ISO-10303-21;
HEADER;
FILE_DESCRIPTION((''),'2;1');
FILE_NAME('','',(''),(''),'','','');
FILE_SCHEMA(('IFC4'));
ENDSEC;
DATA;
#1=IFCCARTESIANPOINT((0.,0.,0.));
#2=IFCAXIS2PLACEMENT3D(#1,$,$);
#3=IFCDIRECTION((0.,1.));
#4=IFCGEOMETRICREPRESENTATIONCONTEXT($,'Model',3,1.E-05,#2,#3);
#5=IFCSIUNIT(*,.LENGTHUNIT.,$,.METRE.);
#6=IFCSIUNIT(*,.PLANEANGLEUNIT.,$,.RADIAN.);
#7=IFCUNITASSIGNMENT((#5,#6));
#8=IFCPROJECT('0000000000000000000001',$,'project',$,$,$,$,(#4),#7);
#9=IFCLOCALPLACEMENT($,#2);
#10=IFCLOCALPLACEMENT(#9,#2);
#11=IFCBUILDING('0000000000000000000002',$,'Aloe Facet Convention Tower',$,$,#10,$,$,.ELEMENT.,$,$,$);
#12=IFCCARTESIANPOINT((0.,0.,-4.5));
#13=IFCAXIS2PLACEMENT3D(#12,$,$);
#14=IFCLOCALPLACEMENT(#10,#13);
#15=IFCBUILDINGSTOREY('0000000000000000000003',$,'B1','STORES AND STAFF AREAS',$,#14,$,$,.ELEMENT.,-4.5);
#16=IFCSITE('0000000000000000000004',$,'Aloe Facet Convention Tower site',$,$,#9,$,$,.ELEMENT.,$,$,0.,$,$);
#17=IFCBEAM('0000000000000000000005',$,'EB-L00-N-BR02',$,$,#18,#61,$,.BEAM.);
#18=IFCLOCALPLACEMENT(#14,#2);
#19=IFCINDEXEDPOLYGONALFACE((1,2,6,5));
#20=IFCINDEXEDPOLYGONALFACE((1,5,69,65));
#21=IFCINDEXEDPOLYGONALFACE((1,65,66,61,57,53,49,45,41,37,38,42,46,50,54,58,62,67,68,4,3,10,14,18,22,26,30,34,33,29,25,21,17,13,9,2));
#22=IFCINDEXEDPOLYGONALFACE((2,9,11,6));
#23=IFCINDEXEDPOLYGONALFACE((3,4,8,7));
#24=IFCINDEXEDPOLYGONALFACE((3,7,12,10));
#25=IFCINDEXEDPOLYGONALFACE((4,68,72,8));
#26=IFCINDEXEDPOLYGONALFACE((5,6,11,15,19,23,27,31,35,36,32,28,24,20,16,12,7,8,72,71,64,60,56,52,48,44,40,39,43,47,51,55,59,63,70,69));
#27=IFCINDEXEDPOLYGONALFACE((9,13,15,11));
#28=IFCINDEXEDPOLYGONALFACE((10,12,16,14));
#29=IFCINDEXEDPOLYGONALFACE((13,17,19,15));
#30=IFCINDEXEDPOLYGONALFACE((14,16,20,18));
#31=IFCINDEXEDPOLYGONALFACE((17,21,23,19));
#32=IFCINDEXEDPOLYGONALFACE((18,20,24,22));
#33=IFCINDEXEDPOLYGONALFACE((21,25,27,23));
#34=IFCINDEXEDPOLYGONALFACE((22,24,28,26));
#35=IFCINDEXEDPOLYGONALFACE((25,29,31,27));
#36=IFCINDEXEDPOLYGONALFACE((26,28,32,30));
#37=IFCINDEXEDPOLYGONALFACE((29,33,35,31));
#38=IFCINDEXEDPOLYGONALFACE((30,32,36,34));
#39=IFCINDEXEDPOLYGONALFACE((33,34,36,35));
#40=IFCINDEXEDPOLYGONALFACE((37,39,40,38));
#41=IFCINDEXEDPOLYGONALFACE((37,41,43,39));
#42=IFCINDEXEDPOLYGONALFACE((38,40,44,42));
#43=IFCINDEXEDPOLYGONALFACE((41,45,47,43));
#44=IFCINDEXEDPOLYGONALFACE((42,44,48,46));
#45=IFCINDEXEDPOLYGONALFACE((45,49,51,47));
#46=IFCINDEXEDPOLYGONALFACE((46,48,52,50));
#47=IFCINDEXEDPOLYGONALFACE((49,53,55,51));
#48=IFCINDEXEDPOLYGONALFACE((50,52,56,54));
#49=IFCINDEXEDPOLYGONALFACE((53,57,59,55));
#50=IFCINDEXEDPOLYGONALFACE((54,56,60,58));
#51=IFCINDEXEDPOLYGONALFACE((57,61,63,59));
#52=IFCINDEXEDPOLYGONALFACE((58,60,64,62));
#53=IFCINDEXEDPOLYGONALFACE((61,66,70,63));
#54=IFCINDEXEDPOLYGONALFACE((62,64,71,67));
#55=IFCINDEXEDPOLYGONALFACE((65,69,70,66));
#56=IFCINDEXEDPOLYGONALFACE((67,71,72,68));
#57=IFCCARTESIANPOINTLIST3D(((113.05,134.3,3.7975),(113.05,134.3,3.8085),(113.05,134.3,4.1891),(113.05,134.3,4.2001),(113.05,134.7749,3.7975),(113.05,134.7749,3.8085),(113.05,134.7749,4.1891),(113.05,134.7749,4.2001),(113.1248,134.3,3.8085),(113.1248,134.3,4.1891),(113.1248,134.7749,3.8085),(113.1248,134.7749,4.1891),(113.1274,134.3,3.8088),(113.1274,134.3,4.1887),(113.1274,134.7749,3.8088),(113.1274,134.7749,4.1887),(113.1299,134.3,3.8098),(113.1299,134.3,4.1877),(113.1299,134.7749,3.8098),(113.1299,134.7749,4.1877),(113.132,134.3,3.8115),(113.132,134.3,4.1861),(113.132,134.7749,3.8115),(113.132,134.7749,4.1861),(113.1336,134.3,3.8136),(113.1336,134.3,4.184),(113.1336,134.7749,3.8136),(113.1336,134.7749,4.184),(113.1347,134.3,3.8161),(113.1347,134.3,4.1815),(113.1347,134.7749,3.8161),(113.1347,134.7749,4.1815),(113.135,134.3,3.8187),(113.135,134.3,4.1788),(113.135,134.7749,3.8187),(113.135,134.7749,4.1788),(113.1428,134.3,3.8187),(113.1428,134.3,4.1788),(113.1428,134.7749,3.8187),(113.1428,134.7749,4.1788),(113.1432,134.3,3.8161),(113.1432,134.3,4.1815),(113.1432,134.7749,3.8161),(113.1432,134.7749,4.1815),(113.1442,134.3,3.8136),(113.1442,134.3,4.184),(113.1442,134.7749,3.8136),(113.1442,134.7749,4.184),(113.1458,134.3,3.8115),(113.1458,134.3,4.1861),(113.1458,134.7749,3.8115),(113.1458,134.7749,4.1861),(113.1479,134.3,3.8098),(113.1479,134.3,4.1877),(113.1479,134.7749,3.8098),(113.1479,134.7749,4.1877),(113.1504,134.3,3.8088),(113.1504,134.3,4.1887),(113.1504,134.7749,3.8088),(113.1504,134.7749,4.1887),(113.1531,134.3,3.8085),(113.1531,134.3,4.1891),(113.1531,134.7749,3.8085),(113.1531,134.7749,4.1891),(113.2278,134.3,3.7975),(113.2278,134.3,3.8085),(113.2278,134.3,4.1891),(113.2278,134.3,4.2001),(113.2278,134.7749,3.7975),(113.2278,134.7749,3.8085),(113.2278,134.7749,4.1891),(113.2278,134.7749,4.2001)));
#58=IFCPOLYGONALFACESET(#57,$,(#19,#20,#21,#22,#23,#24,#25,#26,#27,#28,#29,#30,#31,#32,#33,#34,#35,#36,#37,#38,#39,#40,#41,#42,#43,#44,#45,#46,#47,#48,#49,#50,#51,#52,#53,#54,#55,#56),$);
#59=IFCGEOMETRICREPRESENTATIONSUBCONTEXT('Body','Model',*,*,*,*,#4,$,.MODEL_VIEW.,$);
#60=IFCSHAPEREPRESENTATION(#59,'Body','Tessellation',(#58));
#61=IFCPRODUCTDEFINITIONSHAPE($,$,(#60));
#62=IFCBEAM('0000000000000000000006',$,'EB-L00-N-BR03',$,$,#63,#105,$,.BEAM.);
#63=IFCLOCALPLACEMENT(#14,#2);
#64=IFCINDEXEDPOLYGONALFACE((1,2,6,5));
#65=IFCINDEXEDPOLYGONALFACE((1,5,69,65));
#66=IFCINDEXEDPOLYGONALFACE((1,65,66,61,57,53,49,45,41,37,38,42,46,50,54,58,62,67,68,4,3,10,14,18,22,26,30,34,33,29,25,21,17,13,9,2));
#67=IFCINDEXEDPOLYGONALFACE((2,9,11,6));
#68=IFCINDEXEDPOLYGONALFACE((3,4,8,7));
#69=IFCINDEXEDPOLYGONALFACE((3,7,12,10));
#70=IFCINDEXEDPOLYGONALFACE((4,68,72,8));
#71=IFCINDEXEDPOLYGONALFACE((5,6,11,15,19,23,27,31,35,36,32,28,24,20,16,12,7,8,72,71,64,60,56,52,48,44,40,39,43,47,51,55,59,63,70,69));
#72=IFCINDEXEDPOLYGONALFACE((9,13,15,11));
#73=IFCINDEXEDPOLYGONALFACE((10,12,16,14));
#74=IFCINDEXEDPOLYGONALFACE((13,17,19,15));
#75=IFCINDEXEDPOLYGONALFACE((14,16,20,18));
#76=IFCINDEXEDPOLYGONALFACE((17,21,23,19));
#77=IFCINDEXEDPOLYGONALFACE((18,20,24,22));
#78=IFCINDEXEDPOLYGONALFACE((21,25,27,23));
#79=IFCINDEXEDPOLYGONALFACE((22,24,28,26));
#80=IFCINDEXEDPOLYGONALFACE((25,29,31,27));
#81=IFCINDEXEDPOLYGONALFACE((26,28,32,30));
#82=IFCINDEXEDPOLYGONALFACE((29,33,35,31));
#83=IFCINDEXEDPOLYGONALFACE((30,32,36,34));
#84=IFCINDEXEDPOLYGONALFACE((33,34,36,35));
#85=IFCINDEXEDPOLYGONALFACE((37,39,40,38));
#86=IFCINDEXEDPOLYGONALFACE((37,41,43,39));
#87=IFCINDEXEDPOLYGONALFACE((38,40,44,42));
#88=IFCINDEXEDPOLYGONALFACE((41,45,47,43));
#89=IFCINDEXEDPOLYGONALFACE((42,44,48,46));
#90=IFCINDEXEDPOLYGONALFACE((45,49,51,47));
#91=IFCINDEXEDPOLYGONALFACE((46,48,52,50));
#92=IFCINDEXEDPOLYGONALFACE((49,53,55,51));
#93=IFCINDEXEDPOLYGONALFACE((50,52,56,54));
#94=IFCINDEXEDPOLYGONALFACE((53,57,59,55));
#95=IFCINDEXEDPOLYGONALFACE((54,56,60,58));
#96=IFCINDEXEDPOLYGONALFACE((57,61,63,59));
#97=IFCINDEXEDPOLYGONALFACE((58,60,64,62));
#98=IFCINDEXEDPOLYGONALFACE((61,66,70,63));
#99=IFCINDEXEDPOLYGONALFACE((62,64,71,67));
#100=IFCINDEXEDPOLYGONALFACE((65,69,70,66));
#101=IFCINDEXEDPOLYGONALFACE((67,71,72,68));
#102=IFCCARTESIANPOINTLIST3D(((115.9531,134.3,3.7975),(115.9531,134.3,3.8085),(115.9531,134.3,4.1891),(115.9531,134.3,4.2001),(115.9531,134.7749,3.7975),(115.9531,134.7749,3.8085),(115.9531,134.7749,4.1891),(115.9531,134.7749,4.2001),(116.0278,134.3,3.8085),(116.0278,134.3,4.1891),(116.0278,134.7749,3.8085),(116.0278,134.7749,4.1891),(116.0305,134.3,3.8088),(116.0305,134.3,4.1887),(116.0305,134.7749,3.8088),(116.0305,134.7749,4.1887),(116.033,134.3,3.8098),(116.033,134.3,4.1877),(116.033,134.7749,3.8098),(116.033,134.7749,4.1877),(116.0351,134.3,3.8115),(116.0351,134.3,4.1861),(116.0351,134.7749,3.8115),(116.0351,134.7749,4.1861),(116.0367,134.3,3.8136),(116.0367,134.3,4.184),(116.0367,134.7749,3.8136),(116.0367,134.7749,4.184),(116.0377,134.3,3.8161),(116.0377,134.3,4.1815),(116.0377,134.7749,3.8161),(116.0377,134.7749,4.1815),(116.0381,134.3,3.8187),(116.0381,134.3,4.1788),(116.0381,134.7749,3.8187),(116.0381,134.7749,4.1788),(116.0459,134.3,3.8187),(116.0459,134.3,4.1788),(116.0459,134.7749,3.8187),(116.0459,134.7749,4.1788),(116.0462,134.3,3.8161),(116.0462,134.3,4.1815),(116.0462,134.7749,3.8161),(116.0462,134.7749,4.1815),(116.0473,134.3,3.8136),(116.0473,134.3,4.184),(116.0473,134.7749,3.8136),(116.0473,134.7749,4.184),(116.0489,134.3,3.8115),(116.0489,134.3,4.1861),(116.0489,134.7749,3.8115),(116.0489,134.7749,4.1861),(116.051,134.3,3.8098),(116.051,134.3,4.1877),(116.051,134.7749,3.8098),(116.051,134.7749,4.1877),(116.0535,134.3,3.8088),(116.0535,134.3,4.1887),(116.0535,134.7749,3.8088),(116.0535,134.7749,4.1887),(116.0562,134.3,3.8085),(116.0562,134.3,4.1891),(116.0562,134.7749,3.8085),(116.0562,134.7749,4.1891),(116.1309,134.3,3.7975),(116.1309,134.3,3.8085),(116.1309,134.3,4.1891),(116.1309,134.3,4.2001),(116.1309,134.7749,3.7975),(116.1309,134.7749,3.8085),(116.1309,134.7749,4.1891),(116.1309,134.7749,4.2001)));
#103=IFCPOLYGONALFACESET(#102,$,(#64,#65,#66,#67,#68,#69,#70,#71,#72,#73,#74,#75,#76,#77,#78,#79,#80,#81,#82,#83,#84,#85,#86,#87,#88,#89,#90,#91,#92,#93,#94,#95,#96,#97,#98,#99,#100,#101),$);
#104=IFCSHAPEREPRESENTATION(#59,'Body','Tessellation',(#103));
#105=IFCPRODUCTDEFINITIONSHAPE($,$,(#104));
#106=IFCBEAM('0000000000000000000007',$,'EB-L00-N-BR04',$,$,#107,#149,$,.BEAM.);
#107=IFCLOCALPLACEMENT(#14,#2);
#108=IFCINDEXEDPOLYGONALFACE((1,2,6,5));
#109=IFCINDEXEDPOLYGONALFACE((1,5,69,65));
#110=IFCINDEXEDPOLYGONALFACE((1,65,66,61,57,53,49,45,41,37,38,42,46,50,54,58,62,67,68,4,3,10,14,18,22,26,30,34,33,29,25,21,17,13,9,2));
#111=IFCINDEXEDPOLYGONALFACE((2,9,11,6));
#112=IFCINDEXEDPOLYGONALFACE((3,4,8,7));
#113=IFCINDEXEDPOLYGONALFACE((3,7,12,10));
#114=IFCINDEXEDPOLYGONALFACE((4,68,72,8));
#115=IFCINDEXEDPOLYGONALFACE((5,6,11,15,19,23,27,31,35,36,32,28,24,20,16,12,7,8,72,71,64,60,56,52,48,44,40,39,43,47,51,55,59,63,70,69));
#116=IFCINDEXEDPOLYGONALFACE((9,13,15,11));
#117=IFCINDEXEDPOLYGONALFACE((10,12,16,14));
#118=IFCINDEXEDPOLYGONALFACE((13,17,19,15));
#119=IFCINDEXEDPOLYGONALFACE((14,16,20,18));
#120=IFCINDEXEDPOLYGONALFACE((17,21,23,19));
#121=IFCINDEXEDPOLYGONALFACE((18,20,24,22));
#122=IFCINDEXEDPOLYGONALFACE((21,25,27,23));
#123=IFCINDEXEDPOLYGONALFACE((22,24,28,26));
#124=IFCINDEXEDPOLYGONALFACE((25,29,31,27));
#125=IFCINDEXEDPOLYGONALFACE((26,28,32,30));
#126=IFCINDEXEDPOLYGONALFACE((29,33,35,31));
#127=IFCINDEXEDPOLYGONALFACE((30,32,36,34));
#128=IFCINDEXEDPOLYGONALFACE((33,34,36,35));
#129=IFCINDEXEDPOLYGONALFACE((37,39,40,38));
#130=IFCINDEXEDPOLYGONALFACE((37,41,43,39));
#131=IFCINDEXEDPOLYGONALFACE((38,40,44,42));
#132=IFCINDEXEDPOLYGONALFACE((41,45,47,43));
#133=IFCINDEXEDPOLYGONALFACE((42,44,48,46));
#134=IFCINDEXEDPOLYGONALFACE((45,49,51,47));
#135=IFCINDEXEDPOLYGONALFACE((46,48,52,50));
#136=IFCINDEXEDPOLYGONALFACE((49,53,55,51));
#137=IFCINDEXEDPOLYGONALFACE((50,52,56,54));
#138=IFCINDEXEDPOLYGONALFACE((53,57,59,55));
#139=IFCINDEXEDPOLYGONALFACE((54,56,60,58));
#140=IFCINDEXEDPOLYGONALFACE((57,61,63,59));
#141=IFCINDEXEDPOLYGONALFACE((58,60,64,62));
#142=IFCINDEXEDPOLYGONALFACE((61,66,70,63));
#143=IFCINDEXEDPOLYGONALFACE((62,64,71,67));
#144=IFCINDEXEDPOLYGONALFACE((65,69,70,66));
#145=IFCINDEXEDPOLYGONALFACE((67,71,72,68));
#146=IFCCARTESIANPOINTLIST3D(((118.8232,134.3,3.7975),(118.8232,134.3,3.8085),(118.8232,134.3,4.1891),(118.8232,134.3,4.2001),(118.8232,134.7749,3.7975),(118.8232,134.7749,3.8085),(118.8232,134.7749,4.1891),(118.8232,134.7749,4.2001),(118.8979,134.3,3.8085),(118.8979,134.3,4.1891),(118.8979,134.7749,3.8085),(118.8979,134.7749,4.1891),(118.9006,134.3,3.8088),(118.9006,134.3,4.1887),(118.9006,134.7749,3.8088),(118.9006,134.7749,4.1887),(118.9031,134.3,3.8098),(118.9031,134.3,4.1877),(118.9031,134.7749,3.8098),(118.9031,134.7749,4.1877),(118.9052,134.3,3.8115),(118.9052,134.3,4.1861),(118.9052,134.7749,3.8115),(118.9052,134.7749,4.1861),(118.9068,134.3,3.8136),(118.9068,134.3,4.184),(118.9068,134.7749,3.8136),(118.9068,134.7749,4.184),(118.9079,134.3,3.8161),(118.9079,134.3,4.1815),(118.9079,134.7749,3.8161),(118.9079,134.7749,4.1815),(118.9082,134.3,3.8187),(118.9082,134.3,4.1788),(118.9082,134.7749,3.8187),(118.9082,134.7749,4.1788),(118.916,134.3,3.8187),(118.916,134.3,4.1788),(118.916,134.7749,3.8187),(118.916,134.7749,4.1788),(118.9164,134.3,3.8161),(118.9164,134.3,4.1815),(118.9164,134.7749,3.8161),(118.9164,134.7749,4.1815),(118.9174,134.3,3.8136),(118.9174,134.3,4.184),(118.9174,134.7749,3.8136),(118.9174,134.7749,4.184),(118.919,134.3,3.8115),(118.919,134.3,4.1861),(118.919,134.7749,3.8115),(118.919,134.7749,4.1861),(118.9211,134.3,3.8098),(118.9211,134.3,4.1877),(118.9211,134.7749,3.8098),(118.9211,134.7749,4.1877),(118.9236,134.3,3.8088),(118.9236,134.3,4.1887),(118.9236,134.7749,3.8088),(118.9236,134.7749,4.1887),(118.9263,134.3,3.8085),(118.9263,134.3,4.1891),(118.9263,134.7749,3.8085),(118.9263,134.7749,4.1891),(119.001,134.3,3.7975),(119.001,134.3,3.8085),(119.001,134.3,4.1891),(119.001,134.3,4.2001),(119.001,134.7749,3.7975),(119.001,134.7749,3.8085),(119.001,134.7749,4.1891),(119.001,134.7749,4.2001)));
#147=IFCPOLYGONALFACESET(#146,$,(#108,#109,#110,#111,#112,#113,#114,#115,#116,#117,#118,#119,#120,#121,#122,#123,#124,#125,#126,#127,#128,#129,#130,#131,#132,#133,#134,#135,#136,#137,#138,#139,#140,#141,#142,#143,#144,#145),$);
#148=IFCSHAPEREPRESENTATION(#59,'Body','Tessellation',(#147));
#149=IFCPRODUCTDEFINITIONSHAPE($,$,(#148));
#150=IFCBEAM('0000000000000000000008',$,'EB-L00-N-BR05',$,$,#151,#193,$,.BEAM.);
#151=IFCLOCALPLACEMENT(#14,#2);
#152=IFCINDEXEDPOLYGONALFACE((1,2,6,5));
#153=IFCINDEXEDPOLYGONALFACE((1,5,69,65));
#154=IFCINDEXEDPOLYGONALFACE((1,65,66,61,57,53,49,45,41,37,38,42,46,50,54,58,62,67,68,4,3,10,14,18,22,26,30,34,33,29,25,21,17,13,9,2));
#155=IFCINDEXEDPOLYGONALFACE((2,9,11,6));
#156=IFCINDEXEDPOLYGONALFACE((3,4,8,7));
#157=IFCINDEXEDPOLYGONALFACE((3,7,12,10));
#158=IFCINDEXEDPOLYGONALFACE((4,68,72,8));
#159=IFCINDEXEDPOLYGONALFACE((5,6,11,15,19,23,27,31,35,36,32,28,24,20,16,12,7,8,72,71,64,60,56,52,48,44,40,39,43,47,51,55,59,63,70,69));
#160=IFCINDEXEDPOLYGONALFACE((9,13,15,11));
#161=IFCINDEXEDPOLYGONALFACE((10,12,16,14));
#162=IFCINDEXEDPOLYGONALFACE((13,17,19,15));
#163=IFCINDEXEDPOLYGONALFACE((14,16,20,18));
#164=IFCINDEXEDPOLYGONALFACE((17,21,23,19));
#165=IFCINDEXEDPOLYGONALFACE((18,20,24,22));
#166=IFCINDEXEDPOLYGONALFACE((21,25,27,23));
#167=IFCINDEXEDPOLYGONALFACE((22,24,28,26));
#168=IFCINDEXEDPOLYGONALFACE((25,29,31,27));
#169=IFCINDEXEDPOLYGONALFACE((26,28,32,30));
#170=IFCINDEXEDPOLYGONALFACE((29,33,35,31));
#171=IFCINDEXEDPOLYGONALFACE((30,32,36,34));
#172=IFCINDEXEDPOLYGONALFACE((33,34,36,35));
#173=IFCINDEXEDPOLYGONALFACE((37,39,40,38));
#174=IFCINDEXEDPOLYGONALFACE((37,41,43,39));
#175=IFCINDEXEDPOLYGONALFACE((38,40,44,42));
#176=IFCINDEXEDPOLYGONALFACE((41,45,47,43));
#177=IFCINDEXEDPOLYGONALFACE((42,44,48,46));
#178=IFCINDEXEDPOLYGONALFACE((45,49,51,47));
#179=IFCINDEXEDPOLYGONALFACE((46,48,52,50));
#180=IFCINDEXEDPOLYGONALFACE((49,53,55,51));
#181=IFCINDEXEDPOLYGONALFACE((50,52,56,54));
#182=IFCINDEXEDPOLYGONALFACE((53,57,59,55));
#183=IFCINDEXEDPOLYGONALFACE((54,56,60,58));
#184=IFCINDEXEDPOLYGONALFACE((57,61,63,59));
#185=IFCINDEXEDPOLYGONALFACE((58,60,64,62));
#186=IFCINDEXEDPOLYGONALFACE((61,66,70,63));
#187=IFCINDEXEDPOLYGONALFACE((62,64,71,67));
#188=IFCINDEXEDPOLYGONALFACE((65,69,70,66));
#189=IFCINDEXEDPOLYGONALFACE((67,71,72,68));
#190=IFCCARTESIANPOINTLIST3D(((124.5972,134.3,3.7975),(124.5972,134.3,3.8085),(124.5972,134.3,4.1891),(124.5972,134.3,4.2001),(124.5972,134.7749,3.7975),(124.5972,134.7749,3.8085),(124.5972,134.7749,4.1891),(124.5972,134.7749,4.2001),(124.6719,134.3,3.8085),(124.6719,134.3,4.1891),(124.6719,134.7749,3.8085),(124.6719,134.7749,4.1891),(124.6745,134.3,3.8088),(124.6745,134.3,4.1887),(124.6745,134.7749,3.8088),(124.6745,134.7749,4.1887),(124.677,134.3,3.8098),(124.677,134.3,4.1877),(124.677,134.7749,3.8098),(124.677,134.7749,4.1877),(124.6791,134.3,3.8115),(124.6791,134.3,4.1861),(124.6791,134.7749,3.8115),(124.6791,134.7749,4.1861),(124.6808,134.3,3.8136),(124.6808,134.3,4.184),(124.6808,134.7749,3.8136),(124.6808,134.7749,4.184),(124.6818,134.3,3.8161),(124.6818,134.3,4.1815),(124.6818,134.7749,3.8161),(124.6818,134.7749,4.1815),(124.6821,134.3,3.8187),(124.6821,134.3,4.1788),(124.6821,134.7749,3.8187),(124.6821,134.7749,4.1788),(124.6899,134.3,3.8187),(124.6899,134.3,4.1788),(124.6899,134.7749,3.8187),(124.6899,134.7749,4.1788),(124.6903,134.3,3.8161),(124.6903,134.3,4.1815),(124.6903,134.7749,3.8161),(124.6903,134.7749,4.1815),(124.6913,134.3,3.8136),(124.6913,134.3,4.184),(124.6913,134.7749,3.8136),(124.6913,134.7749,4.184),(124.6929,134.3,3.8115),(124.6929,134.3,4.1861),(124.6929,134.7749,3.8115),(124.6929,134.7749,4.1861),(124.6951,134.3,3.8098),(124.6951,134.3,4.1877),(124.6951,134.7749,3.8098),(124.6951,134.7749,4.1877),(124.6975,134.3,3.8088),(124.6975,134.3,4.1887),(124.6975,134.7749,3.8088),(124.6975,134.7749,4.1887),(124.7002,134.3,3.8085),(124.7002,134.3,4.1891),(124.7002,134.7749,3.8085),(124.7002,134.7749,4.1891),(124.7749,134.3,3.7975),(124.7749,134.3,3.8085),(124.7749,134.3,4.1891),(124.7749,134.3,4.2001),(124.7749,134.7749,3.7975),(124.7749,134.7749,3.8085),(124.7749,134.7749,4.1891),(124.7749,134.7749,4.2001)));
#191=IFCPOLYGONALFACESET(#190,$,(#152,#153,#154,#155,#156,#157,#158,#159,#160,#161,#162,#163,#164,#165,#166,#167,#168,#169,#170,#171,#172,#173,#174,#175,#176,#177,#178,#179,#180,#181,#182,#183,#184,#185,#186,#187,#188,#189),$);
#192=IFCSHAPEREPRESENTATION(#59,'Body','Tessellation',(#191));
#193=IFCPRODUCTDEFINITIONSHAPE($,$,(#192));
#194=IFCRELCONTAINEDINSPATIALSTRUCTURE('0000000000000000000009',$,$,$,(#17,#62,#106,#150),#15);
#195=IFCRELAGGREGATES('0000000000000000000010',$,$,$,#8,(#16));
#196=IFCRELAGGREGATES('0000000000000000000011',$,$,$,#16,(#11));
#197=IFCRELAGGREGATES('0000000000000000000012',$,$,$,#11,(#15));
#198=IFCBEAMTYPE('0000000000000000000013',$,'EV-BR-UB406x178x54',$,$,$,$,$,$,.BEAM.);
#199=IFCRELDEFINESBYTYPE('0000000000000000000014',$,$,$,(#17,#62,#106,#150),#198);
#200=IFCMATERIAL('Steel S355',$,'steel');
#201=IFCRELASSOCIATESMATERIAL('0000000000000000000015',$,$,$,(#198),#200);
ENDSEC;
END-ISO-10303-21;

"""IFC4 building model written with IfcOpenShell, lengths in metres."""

from ifc_helpers import new_model, si_unit, direction, frame, origin, origin_2d, place, context, subcontext, project, spatial, i_section, extrude, material, material_profile, profile_set, type_object, element, save


model = new_model("IFC4")

# Units and contexts
model_context = context("Model", 3, precision=1e-05, world=origin(), true_north=direction((0.0, 1.0)))
body_context = subcontext(model_context, "Body", "Model", "MODEL_VIEW")
ifc_project = project(units=[si_unit("LENGTHUNIT", "METRE"), si_unit("PLANEANGLEUNIT", "RADIAN")], contexts=[model_context])

# Site, building, storey
site_placement = place(None, origin())
site = spatial("IfcSite", under=ifc_project, at=site_placement, Name="Aloe Facet Convention Tower site", CompositionType="ELEMENT", RefElevation=0.0)
building_placement = place(site_placement, origin())
building = spatial("IfcBuilding", under=site, at=building_placement, Name="Aloe Facet Convention Tower", CompositionType="ELEMENT")
storey_placement = place(building_placement, frame((0.0, 0.0, -4.5)))
storey = spatial("IfcBuildingStorey", under=building, at=storey_placement, Name="B1", Description="STORES AND STAFF AREAS", CompositionType="ELEMENT", Elevation=-4.5)

# Beams
ifc_material_1 = material(Name="Steel S355", Category="steel")
ifc_material_profile_1 = material_profile(ifc_material_1, i_section(OverallWidth=0.1777, OverallDepth=0.4026, WebThickness=0.0078, FlangeThickness=0.011, FilletRadius=0.0103, at=origin_2d()), Name="UB 406x178x54")
ifc_profile_set_1 = profile_set([ifc_material_profile_1], Name="Steel S355")
beam_type_1 = type_object("IfcBeamType", Name="EV-BR-UB406x178x54", PredefinedType="BEAM", material=ifc_profile_set_1)
for number, where, z_axis, x_axis, name in (
    (1, (113.1389, 134.3, 3.9988), (0.0, 1.0, 0.0), (-1.0, 0.0, 0.0), "EB-L00-N-BR02"),
    (2, (116.042, 134.3, 3.9988), (0.0, 1.0, 0.0), (-1.0, 0.0, 0.0), "EB-L00-N-BR03"),
    (3, (118.9121, 134.3, 3.9988), (0.0, 1.0, 0.0), (-1.0, 0.0, 0.0), "EB-L00-N-BR04"),
    (4, (124.686, 134.3, 3.9988), (0.0, 1.0, 0.0), (-1.0, 0.0, 0.0), "EB-L00-N-BR05"),
):
    element("IfcBeam", number, at=place(storey_placement, frame(where, z_axis=z_axis, x_axis=x_axis)), inside=storey, type_object=beam_type_1, Name=name, PredefinedType="BEAM", context=body_context, shape_type="SweptSolid", body=[
        extrude(i_section(OverallWidth=0.1777, OverallDepth=0.4026, WebThickness=0.0078, FlangeThickness=0.011, FilletRadius=0.0103, at=origin_2d()), origin(), (0.0, 0.0, 1.0), 0.4749),
    ])

save(model, "model.ifc")
